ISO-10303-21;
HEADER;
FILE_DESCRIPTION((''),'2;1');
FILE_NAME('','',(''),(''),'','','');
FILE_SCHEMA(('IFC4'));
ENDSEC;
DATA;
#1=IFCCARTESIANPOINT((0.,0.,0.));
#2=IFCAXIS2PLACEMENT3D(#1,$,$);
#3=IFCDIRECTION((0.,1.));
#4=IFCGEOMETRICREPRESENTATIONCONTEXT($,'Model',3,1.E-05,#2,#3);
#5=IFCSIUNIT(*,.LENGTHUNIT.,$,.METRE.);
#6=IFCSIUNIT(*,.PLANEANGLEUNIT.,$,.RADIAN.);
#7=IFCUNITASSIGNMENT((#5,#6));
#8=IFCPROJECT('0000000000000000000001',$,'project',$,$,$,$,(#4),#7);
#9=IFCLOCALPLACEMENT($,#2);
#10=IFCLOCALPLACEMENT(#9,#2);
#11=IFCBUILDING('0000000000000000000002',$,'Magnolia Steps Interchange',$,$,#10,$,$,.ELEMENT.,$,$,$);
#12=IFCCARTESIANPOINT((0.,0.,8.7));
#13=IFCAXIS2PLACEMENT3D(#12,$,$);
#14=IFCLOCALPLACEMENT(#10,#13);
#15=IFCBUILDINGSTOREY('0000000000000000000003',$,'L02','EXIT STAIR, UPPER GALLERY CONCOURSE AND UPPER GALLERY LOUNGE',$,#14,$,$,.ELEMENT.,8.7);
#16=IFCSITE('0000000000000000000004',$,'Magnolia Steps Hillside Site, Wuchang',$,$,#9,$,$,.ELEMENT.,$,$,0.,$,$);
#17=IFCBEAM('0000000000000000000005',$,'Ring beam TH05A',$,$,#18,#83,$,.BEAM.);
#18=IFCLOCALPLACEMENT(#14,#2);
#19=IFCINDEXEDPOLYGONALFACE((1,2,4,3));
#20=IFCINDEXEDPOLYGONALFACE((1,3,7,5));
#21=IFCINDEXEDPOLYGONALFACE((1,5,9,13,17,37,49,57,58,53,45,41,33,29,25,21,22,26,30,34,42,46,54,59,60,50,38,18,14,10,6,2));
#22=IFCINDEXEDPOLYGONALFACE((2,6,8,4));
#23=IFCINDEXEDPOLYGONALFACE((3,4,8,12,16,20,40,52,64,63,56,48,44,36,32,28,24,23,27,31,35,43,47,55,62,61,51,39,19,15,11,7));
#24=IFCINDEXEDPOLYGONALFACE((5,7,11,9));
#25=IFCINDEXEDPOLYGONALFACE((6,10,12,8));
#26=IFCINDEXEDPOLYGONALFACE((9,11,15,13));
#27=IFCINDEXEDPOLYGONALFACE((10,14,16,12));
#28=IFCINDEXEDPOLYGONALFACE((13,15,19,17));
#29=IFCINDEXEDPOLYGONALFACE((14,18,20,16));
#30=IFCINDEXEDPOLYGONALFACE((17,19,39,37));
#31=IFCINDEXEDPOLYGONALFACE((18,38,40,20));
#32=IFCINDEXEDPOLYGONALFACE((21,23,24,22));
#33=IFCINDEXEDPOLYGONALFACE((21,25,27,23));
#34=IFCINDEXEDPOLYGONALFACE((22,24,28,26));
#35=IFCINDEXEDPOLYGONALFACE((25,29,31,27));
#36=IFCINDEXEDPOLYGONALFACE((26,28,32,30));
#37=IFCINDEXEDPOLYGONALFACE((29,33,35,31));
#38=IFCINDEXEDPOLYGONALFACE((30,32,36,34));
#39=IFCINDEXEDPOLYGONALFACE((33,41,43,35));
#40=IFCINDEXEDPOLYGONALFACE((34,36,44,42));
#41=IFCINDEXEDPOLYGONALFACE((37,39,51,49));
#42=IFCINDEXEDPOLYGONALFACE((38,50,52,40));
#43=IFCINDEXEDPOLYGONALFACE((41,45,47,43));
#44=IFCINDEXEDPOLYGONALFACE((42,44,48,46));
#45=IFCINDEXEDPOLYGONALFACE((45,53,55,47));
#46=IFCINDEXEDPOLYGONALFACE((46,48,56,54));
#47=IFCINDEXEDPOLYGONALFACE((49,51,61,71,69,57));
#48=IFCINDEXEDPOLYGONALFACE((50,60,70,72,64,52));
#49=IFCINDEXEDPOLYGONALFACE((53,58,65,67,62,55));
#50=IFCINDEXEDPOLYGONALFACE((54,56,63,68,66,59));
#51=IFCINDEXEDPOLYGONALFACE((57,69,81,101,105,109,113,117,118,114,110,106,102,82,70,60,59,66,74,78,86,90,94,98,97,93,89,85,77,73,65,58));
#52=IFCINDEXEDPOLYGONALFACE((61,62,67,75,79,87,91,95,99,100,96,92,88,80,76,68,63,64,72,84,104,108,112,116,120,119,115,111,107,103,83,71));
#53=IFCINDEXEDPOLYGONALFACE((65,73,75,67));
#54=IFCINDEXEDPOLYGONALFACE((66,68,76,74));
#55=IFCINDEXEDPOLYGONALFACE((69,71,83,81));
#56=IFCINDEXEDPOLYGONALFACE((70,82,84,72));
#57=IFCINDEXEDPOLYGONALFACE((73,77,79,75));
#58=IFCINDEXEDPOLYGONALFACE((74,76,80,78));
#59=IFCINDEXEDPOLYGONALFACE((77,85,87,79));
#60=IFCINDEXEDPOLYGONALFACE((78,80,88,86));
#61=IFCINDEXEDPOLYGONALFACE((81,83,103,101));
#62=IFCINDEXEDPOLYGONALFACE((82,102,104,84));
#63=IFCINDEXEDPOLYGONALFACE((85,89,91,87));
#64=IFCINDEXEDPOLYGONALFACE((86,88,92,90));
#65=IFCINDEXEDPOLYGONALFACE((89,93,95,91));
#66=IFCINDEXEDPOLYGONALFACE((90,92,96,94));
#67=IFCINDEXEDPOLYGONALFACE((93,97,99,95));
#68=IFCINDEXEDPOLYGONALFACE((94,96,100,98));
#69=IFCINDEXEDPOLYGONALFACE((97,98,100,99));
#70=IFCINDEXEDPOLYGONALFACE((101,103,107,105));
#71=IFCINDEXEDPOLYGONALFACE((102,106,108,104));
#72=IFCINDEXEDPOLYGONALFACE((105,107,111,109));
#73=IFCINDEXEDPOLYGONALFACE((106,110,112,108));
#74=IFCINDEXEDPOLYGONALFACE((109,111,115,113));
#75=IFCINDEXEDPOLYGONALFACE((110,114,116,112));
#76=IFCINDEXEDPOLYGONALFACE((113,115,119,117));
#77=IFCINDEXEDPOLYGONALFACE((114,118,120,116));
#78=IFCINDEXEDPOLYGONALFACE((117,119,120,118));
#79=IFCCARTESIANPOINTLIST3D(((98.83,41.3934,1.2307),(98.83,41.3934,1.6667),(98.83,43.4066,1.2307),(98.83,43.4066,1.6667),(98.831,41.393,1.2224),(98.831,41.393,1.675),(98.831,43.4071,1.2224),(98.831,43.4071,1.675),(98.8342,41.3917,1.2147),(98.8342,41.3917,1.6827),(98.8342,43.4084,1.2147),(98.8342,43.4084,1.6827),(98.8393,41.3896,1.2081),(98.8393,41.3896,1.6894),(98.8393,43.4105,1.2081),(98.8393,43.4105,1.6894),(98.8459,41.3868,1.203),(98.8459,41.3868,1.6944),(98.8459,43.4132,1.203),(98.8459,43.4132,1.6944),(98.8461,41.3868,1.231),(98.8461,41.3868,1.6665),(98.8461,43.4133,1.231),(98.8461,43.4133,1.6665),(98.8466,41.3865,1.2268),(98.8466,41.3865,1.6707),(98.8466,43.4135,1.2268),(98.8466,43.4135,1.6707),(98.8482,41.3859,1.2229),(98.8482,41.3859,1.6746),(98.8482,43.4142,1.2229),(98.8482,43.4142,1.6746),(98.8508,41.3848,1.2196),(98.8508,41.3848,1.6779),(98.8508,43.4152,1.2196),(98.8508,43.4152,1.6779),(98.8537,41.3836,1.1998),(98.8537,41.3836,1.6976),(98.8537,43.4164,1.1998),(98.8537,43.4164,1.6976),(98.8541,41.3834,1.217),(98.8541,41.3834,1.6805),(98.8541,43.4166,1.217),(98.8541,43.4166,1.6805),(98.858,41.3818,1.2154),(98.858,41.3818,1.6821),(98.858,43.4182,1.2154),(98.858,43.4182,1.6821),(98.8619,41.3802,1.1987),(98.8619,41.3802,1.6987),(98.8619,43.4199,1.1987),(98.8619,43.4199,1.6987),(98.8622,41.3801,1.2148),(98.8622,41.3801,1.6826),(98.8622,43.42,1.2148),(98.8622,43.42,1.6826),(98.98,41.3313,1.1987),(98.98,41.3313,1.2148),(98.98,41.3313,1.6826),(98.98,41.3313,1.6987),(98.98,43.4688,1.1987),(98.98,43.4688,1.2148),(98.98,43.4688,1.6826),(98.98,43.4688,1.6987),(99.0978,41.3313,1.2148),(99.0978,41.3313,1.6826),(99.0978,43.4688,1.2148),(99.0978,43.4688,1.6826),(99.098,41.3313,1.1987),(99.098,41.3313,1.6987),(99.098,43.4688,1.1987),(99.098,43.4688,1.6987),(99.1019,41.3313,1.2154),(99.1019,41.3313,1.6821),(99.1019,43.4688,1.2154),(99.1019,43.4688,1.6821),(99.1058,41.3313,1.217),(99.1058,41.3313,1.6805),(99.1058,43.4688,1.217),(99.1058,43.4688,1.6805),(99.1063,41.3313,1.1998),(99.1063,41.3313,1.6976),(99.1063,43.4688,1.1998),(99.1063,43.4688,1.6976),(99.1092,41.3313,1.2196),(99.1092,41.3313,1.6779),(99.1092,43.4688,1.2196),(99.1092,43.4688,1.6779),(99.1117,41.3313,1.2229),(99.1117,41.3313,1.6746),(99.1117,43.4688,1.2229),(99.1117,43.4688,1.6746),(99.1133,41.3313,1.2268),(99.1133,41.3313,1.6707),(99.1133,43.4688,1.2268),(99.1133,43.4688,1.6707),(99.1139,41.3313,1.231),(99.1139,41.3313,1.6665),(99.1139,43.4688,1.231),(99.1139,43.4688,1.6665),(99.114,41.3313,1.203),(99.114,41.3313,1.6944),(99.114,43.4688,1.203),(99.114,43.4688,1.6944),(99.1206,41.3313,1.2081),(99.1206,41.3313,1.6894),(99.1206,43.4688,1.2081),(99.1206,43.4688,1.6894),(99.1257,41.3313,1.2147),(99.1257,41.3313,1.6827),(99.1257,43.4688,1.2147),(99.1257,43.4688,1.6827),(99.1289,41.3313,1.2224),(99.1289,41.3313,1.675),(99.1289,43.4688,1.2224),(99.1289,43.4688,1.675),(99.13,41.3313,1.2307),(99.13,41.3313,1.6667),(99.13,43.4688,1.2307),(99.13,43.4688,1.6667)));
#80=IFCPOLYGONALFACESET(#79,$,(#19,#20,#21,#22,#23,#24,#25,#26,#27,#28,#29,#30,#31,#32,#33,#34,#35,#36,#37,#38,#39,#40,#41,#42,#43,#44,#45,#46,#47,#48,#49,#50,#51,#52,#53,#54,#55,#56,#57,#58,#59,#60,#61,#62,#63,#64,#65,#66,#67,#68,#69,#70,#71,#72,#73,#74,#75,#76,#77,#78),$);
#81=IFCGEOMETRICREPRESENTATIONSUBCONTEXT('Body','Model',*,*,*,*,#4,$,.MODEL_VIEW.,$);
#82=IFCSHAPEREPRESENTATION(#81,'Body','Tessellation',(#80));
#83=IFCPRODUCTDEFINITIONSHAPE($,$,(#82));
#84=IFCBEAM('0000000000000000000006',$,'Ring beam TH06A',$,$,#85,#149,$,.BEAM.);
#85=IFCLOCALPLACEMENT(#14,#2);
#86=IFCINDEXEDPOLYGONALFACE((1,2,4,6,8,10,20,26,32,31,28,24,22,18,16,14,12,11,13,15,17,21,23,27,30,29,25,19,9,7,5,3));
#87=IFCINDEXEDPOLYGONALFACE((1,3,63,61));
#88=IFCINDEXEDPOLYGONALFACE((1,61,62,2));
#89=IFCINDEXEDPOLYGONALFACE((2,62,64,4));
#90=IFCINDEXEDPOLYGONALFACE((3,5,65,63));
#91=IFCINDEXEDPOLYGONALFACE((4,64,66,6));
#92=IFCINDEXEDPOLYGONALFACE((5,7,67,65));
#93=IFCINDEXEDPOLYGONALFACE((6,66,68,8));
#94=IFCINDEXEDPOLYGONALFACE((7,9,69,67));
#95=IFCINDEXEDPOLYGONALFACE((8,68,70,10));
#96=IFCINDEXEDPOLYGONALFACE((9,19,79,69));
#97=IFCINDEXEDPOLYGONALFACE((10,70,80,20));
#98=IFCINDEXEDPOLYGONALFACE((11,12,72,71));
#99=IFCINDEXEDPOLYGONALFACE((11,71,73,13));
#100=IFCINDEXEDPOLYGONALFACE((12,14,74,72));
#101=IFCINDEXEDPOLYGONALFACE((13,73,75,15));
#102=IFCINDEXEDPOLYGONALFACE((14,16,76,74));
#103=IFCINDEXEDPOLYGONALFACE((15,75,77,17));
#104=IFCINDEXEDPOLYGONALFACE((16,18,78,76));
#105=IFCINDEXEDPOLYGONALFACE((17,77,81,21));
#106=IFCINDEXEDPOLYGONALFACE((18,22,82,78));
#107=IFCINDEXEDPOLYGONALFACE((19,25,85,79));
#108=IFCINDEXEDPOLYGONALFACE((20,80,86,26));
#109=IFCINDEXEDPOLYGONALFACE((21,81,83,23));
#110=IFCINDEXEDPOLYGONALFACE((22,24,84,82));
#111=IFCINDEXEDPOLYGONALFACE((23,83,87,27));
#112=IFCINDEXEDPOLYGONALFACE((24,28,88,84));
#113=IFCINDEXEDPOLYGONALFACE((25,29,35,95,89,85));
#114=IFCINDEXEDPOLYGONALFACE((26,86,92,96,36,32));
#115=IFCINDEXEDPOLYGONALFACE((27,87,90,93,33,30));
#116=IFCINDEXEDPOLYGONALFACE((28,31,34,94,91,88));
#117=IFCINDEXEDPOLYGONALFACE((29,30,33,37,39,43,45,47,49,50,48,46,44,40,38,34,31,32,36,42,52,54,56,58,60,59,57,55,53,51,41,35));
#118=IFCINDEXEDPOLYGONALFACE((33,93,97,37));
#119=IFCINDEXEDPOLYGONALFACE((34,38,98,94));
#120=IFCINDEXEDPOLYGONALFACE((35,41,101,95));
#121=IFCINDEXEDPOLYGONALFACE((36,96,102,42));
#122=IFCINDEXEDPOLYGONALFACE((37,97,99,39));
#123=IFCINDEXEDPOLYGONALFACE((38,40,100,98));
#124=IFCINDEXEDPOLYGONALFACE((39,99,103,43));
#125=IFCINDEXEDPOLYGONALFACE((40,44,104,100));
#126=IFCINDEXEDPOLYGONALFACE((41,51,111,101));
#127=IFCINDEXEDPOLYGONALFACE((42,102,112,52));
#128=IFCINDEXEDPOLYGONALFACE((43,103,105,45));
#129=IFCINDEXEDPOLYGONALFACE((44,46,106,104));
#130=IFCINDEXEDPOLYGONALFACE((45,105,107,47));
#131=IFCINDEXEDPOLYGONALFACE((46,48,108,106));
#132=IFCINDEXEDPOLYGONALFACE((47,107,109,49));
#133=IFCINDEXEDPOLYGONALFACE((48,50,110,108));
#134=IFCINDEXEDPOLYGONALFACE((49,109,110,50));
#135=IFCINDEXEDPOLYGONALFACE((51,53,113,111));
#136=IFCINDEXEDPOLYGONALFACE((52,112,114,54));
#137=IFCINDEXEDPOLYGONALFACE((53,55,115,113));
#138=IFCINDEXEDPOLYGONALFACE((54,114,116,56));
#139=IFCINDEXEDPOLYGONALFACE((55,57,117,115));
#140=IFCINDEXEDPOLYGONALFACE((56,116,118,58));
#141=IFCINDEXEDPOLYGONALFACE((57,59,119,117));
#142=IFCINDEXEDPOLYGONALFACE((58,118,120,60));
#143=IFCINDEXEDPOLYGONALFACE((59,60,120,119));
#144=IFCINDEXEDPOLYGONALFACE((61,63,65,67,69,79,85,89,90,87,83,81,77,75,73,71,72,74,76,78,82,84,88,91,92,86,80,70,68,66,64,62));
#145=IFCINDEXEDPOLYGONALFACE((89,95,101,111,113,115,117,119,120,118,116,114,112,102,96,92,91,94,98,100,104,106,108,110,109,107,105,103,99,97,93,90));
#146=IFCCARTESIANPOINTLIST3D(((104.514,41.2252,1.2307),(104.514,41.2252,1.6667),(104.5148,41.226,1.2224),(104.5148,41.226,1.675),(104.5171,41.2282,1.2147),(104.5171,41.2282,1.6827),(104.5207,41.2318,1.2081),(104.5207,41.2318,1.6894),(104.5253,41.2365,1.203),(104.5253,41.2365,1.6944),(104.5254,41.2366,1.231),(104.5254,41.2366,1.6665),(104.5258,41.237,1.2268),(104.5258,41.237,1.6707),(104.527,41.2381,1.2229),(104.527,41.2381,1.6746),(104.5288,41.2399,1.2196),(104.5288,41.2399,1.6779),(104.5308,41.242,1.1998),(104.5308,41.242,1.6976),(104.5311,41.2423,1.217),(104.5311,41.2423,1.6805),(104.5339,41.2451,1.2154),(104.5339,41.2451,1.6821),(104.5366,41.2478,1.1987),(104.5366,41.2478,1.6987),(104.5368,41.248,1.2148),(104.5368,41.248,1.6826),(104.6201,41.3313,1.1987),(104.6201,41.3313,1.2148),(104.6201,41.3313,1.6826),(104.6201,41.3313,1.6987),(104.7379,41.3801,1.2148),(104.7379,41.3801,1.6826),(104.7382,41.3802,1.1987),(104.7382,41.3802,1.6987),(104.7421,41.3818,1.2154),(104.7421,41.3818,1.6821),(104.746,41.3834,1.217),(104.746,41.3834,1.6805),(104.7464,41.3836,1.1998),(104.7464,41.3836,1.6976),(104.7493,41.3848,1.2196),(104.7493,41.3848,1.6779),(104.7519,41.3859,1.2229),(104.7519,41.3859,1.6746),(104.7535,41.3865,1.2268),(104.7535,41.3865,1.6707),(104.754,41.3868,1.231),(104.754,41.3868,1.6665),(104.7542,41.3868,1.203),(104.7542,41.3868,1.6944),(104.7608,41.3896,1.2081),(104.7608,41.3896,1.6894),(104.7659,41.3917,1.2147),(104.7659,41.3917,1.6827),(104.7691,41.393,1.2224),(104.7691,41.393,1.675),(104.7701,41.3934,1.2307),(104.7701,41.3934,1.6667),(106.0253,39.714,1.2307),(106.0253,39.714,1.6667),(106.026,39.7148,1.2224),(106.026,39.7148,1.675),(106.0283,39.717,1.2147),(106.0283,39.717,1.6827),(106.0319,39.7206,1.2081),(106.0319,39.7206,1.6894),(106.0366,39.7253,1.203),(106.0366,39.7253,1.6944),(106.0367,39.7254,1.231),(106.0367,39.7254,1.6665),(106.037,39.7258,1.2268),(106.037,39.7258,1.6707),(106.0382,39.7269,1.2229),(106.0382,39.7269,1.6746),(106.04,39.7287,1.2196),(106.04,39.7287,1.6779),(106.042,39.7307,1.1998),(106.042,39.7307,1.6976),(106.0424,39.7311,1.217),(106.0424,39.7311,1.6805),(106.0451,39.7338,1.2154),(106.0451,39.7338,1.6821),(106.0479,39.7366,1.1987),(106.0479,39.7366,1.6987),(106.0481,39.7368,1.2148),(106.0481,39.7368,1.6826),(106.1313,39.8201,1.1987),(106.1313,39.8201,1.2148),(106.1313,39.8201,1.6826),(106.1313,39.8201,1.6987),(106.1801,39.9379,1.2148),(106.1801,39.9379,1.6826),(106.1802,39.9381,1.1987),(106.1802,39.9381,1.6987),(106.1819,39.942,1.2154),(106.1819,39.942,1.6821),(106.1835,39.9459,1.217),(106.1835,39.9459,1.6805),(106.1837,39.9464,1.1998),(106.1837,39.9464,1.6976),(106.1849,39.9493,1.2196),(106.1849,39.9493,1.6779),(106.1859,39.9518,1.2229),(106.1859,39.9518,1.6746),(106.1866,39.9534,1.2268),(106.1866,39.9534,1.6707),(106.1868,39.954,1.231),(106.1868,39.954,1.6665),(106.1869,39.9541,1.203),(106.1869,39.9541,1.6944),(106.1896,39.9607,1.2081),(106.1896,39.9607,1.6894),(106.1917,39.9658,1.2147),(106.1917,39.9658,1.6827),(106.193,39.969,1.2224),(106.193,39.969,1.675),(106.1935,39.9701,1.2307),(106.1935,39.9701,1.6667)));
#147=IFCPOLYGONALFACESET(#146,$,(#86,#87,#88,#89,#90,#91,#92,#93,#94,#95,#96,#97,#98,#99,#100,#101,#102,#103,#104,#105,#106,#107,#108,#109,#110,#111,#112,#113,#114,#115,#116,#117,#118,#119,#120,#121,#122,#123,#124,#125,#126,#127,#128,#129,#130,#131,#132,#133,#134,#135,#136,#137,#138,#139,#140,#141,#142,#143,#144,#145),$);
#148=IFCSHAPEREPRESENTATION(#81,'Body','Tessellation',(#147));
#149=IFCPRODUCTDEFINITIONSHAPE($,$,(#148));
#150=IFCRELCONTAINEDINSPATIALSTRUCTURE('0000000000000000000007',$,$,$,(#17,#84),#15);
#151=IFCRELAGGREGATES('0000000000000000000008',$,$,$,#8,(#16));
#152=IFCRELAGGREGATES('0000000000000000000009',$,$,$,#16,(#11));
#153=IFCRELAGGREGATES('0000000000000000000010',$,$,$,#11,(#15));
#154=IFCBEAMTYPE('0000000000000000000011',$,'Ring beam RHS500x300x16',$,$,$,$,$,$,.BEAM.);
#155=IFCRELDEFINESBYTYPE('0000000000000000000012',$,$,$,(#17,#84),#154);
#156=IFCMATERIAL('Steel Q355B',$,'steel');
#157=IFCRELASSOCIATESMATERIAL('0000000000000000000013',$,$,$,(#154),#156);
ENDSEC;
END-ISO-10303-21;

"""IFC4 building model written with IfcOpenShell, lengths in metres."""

from ifc_helpers import new_model, si_unit, direction, frame, origin, origin_2d, place, context, subcontext, project, spatial, hollow_rectangle, extrude, clip, halfspace, material, material_profile, profile_set, type_object, element, save


model = new_model("IFC4")

# Units and contexts
model_context = context("Model", 3, precision=1e-05, world=origin(), true_north=direction((0.0, 1.0)))
body_context = subcontext(model_context, "Body", "Model", "MODEL_VIEW")
ifc_project = project(units=[si_unit("LENGTHUNIT", "METRE"), si_unit("PLANEANGLEUNIT", "RADIAN")], contexts=[model_context])

# Site, building, storey
site_placement = place(None, origin())
site = spatial("IfcSite", under=ifc_project, at=site_placement, Name="Magnolia Steps Hillside Site, Wuchang", CompositionType="ELEMENT", RefElevation=0.0)
building_placement = place(site_placement, origin())
building = spatial("IfcBuilding", under=site, at=building_placement, Name="Magnolia Steps Interchange", CompositionType="ELEMENT")
storey_placement = place(building_placement, frame((0.0, 0.0, 8.7)))
storey = spatial("IfcBuildingStorey", under=building, at=storey_placement, Name="L02", Description="EXIT STAIR, UPPER GALLERY CONCOURSE AND UPPER GALLERY LOUNGE", CompositionType="ELEMENT", Elevation=8.7)

# Beams
ifc_material_1 = material(Name="Steel Q355B", Category="steel")
ifc_material_profile_1 = material_profile(ifc_material_1, hollow_rectangle(XDim=0.3, YDim=0.5, WallThickness=0.0161, InnerFilletRadius=0.0161, OuterFilletRadius=0.032, at=origin_2d()), Name="RHS500x300x16")
ifc_profile_set_1 = profile_set([ifc_material_profile_1], Name="Steel Q355B")
beam_type_1 = type_object("IfcBeamType", Name="Ring beam RHS500x300x16", PredefinedType="BEAM", material=ifc_profile_set_1)
beam_1_placement = place(storey_placement, frame((98.98, 41.3313, 1.4487), z_axis=(0.0, 1.0, 0.0), x_axis=(-1.0, 0.0, 0.0)))
element("IfcBeam", 1, at=beam_1_placement, inside=storey, type_object=beam_type_1, Name="Ring beam TH05A", PredefinedType="BEAM", context=body_context, shape_type="Clipping", body=[
    clip(clip(extrude(hollow_rectangle(XDim=0.3, YDim=0.5, WallThickness=0.0161, InnerFilletRadius=0.0161, OuterFilletRadius=0.032, at=origin_2d()), origin(), (0.0, 0.0, 1.0), 2.1375), halfspace(frame((0.0, 0.0, 0.0), z_axis=(0.382683, 0.0, -0.92388), x_axis=(0.92388, 0.0, 0.382683)), False)), halfspace(frame((0.0, 0.0, 2.1375), z_axis=(0.382683, 0.0, 0.92388), x_axis=(0.92388, 0.0, -0.382683)), False)),
])
beam_2_placement = place(storey_placement, frame((104.6201, 41.3313, 1.4487), z_axis=(0.707107, -0.707107, 0.0), x_axis=(0.707107, 0.707107, 0.0)))
element("IfcBeam", 2, at=beam_2_placement, inside=storey, type_object=beam_type_1, Name="Ring beam TH06A", PredefinedType="BEAM", context=body_context, shape_type="Clipping", body=[
    clip(clip(extrude(hollow_rectangle(XDim=0.3, YDim=0.5, WallThickness=0.0161, InnerFilletRadius=0.0161, OuterFilletRadius=0.032, at=origin_2d()), origin(), (0.0, 0.0, 1.0), 2.1372), halfspace(frame((0.0, 0.0, 0.0), z_axis=(0.382683, 0.0, -0.92388), x_axis=(0.92388, 0.0, 0.382683)), False)), halfspace(frame((0.0, 0.0, 2.1372), z_axis=(0.382683, 0.0, 0.92388), x_axis=(0.92388, 0.0, -0.382683)), False)),
])

save(model, "model.ifc")
